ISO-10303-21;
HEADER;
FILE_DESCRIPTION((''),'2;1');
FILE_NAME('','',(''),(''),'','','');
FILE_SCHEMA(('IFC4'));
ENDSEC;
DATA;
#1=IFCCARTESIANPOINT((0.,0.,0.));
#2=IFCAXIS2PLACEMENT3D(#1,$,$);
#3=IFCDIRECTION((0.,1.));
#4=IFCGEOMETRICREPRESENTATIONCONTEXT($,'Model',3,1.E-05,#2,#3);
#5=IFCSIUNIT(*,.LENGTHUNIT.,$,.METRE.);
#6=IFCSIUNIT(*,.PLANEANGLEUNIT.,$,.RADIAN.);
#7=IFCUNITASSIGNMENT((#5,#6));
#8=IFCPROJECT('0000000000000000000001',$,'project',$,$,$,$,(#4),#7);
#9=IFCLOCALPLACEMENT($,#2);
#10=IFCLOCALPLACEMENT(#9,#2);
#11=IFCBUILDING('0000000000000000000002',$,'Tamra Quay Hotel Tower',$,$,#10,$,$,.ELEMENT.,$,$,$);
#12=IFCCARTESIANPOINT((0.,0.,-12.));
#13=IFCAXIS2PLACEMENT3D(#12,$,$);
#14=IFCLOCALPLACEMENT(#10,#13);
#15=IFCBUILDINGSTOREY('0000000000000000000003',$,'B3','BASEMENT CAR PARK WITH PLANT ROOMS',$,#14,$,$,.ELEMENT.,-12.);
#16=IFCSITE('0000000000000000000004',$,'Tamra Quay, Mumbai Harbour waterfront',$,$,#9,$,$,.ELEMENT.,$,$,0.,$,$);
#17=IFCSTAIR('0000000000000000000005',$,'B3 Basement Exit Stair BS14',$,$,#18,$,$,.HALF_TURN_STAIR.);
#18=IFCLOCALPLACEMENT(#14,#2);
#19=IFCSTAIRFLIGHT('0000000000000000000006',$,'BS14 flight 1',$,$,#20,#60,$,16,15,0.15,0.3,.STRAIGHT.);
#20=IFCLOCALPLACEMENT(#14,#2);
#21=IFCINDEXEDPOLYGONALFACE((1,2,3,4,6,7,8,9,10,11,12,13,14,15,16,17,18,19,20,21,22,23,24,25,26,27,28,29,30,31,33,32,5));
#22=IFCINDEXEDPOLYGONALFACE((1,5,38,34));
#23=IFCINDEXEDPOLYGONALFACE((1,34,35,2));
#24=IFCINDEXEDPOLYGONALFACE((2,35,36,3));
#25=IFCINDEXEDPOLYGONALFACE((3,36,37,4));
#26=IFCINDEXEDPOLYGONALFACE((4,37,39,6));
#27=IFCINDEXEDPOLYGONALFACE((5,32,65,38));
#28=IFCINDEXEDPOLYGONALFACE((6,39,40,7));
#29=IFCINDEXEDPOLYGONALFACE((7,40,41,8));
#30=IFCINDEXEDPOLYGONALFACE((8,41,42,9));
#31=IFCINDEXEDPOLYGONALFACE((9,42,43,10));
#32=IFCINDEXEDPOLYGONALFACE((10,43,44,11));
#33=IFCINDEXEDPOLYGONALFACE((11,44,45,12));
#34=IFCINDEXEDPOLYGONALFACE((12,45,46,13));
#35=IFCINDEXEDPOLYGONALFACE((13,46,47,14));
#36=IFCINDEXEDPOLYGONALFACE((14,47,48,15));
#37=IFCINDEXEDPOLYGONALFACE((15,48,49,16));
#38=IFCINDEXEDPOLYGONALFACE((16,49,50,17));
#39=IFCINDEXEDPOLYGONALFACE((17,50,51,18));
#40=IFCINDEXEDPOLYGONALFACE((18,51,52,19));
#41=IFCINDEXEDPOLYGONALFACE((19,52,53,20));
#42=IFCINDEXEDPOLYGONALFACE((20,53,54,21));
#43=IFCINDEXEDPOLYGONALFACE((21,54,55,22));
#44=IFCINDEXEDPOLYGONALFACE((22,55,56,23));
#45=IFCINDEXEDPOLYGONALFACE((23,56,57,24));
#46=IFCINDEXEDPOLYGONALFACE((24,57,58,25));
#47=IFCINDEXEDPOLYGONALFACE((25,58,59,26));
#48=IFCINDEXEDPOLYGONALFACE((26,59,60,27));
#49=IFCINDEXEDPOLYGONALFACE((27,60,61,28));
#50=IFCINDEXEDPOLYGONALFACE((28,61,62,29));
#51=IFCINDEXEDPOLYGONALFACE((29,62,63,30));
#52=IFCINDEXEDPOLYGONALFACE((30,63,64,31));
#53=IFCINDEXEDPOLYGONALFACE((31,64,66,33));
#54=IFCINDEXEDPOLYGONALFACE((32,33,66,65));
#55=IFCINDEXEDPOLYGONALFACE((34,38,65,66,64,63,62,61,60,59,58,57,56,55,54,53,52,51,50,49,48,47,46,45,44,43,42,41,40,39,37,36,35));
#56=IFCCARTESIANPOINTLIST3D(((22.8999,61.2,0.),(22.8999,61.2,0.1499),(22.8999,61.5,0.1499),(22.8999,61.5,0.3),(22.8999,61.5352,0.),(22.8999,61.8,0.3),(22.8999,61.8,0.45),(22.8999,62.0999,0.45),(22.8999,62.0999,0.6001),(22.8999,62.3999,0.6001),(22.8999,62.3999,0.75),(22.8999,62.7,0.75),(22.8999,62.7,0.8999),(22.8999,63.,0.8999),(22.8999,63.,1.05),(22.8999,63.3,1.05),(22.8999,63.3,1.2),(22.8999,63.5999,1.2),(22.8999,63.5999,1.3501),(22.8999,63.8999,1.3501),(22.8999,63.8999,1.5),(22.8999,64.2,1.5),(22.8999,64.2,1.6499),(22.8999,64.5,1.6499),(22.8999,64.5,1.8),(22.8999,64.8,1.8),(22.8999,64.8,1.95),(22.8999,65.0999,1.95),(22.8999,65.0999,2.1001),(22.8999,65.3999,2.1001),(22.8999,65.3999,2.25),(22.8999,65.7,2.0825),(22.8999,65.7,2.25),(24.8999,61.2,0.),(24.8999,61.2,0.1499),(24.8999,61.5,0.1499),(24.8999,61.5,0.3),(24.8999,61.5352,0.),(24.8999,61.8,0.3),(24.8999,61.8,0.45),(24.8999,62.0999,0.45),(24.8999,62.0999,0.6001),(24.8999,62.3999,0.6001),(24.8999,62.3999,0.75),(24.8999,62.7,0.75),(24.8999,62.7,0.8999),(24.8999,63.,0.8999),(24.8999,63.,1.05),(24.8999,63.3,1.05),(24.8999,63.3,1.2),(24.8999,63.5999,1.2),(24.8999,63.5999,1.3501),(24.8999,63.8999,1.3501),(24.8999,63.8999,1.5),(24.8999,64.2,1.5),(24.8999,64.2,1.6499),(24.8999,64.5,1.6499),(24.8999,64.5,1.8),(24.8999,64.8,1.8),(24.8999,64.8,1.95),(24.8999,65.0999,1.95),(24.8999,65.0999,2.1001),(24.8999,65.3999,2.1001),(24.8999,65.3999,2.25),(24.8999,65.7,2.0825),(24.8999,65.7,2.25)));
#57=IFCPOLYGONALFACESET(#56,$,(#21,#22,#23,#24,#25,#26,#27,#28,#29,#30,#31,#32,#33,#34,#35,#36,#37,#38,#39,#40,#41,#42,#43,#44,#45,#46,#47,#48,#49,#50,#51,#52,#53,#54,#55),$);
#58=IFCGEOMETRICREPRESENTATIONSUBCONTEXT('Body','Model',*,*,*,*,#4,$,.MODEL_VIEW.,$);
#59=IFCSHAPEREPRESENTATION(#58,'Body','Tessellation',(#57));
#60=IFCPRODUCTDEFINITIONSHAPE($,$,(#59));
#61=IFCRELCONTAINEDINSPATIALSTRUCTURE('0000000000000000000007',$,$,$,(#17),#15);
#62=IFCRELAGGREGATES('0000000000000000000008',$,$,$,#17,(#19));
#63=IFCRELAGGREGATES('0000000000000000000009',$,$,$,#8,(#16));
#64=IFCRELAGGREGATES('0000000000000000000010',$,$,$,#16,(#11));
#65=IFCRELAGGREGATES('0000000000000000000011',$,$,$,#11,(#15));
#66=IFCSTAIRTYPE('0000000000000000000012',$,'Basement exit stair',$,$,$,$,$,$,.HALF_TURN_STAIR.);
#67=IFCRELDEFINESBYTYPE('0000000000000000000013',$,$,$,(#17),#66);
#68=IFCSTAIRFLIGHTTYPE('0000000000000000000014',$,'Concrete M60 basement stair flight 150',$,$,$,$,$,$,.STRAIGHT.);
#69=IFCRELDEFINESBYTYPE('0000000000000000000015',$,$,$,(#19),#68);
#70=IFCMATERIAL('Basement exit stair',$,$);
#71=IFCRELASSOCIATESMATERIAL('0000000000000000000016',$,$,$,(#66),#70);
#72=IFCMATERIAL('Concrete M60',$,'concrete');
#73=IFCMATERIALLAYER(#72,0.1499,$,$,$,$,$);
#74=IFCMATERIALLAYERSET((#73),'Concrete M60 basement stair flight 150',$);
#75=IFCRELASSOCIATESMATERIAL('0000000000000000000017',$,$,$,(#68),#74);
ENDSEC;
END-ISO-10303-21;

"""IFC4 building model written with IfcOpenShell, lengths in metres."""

from ifc_helpers import new_model, si_unit, direction, frame, origin, place, context, subcontext, project, spatial, polyline, outline, extrude, material, layer, layer_set, type_object, element, aggregate, save


model = new_model("IFC4")

# Units and contexts
model_context = context("Model", 3, precision=1e-05, world=origin(), true_north=direction((0.0, 1.0)))
body_context = subcontext(model_context, "Body", "Model", "MODEL_VIEW")
ifc_project = project(units=[si_unit("LENGTHUNIT", "METRE"), si_unit("PLANEANGLEUNIT", "RADIAN")], contexts=[model_context])

# Site, building, storey
site_placement = place(None, origin())
site = spatial("IfcSite", under=ifc_project, at=site_placement, Name="Tamra Quay, Mumbai Harbour waterfront", CompositionType="ELEMENT", RefElevation=0.0)
building_placement = place(site_placement, origin())
building = spatial("IfcBuilding", under=site, at=building_placement, Name="Tamra Quay Hotel Tower", CompositionType="ELEMENT")
storey_placement = place(building_placement, frame((0.0, 0.0, -12.0)))
storey = spatial("IfcBuildingStorey", under=building, at=storey_placement, Name="B3", Description="BASEMENT CAR PARK WITH PLANT ROOMS", CompositionType="ELEMENT", Elevation=-12.0)

# Stair, stair flight
ifc_material_1 = material(Name="Basement exit stair")
stair_type = type_object("IfcStairType", Name="Basement exit stair", PredefinedType="HALF_TURN_STAIR", material=ifc_material_1)
stair_placement = place(storey_placement, origin())
stair = element("IfcStair", 1, at=stair_placement, inside=storey, type_object=stair_type, Name="B3 Basement Exit Stair BS14", PredefinedType="HALF_TURN_STAIR")
ifc_material_2 = material(Name="Concrete M60", Category="concrete")
ifc_layer_1 = layer(ifc_material_2, 0.1499)
ifc_layer_set_1 = layer_set([ifc_layer_1], Name="Concrete M60 basement stair flight 150")
stair_flight_type = type_object("IfcStairFlightType", Name="Concrete M60 basement stair flight 150", PredefinedType="STRAIGHT", material=ifc_layer_set_1)
stair_flight_placement = place(storey_placement, frame((23.8999, 61.2, 0.0), z_axis=(0.0, 0.0, 1.0), x_axis=(0.0, 1.0, 0.0)))
stair_flight = element("IfcStairFlight", 2, at=stair_flight_placement, type_object=stair_flight_type, Name="BS14 flight 1", NumberOfRisers=16, NumberOfTreads=15, PredefinedType="STRAIGHT", RiserHeight=0.15, TreadLength=0.3, context=body_context, shape_type="SweptSolid", body=[
    extrude(outline(polyline([(0.0, 0.0), (0.0, 0.1499), (0.3, 0.1499), (0.3, 0.3), (0.6001, 0.3), (0.6001, 0.45), (0.8999, 0.45), (0.8999, 0.6001), (1.2, 0.6001), (1.2, 0.75), (1.5, 0.75), (1.5, 0.8999), (1.8, 0.8999), (1.8, 1.05), (2.1001, 1.05), (2.1001, 1.2), (2.3999, 1.2), (2.3999, 1.3501), (2.7, 1.3501), (2.7, 1.5), (3.0, 1.5), (3.0, 1.6499), (3.3, 1.6499), (3.3, 1.8), (3.6001, 1.8), (3.6001, 1.95), (3.8999, 1.95), (3.8999, 2.1001), (4.2, 2.1001), (4.2, 2.25), (4.5, 2.25), (4.5, 2.3999), (4.5, 2.0825), (0.3352, 0.0), (0.0, 0.0)])), frame((0.0, 1.0, 0.0), z_axis=(0.0, -1.0, 0.0), x_axis=(1.0, 0.0, 0.0)), (0.0, 0.0, 1.0), 2.0),
])
aggregate(stair, [stair_flight])

save(model, "model.ifc")
